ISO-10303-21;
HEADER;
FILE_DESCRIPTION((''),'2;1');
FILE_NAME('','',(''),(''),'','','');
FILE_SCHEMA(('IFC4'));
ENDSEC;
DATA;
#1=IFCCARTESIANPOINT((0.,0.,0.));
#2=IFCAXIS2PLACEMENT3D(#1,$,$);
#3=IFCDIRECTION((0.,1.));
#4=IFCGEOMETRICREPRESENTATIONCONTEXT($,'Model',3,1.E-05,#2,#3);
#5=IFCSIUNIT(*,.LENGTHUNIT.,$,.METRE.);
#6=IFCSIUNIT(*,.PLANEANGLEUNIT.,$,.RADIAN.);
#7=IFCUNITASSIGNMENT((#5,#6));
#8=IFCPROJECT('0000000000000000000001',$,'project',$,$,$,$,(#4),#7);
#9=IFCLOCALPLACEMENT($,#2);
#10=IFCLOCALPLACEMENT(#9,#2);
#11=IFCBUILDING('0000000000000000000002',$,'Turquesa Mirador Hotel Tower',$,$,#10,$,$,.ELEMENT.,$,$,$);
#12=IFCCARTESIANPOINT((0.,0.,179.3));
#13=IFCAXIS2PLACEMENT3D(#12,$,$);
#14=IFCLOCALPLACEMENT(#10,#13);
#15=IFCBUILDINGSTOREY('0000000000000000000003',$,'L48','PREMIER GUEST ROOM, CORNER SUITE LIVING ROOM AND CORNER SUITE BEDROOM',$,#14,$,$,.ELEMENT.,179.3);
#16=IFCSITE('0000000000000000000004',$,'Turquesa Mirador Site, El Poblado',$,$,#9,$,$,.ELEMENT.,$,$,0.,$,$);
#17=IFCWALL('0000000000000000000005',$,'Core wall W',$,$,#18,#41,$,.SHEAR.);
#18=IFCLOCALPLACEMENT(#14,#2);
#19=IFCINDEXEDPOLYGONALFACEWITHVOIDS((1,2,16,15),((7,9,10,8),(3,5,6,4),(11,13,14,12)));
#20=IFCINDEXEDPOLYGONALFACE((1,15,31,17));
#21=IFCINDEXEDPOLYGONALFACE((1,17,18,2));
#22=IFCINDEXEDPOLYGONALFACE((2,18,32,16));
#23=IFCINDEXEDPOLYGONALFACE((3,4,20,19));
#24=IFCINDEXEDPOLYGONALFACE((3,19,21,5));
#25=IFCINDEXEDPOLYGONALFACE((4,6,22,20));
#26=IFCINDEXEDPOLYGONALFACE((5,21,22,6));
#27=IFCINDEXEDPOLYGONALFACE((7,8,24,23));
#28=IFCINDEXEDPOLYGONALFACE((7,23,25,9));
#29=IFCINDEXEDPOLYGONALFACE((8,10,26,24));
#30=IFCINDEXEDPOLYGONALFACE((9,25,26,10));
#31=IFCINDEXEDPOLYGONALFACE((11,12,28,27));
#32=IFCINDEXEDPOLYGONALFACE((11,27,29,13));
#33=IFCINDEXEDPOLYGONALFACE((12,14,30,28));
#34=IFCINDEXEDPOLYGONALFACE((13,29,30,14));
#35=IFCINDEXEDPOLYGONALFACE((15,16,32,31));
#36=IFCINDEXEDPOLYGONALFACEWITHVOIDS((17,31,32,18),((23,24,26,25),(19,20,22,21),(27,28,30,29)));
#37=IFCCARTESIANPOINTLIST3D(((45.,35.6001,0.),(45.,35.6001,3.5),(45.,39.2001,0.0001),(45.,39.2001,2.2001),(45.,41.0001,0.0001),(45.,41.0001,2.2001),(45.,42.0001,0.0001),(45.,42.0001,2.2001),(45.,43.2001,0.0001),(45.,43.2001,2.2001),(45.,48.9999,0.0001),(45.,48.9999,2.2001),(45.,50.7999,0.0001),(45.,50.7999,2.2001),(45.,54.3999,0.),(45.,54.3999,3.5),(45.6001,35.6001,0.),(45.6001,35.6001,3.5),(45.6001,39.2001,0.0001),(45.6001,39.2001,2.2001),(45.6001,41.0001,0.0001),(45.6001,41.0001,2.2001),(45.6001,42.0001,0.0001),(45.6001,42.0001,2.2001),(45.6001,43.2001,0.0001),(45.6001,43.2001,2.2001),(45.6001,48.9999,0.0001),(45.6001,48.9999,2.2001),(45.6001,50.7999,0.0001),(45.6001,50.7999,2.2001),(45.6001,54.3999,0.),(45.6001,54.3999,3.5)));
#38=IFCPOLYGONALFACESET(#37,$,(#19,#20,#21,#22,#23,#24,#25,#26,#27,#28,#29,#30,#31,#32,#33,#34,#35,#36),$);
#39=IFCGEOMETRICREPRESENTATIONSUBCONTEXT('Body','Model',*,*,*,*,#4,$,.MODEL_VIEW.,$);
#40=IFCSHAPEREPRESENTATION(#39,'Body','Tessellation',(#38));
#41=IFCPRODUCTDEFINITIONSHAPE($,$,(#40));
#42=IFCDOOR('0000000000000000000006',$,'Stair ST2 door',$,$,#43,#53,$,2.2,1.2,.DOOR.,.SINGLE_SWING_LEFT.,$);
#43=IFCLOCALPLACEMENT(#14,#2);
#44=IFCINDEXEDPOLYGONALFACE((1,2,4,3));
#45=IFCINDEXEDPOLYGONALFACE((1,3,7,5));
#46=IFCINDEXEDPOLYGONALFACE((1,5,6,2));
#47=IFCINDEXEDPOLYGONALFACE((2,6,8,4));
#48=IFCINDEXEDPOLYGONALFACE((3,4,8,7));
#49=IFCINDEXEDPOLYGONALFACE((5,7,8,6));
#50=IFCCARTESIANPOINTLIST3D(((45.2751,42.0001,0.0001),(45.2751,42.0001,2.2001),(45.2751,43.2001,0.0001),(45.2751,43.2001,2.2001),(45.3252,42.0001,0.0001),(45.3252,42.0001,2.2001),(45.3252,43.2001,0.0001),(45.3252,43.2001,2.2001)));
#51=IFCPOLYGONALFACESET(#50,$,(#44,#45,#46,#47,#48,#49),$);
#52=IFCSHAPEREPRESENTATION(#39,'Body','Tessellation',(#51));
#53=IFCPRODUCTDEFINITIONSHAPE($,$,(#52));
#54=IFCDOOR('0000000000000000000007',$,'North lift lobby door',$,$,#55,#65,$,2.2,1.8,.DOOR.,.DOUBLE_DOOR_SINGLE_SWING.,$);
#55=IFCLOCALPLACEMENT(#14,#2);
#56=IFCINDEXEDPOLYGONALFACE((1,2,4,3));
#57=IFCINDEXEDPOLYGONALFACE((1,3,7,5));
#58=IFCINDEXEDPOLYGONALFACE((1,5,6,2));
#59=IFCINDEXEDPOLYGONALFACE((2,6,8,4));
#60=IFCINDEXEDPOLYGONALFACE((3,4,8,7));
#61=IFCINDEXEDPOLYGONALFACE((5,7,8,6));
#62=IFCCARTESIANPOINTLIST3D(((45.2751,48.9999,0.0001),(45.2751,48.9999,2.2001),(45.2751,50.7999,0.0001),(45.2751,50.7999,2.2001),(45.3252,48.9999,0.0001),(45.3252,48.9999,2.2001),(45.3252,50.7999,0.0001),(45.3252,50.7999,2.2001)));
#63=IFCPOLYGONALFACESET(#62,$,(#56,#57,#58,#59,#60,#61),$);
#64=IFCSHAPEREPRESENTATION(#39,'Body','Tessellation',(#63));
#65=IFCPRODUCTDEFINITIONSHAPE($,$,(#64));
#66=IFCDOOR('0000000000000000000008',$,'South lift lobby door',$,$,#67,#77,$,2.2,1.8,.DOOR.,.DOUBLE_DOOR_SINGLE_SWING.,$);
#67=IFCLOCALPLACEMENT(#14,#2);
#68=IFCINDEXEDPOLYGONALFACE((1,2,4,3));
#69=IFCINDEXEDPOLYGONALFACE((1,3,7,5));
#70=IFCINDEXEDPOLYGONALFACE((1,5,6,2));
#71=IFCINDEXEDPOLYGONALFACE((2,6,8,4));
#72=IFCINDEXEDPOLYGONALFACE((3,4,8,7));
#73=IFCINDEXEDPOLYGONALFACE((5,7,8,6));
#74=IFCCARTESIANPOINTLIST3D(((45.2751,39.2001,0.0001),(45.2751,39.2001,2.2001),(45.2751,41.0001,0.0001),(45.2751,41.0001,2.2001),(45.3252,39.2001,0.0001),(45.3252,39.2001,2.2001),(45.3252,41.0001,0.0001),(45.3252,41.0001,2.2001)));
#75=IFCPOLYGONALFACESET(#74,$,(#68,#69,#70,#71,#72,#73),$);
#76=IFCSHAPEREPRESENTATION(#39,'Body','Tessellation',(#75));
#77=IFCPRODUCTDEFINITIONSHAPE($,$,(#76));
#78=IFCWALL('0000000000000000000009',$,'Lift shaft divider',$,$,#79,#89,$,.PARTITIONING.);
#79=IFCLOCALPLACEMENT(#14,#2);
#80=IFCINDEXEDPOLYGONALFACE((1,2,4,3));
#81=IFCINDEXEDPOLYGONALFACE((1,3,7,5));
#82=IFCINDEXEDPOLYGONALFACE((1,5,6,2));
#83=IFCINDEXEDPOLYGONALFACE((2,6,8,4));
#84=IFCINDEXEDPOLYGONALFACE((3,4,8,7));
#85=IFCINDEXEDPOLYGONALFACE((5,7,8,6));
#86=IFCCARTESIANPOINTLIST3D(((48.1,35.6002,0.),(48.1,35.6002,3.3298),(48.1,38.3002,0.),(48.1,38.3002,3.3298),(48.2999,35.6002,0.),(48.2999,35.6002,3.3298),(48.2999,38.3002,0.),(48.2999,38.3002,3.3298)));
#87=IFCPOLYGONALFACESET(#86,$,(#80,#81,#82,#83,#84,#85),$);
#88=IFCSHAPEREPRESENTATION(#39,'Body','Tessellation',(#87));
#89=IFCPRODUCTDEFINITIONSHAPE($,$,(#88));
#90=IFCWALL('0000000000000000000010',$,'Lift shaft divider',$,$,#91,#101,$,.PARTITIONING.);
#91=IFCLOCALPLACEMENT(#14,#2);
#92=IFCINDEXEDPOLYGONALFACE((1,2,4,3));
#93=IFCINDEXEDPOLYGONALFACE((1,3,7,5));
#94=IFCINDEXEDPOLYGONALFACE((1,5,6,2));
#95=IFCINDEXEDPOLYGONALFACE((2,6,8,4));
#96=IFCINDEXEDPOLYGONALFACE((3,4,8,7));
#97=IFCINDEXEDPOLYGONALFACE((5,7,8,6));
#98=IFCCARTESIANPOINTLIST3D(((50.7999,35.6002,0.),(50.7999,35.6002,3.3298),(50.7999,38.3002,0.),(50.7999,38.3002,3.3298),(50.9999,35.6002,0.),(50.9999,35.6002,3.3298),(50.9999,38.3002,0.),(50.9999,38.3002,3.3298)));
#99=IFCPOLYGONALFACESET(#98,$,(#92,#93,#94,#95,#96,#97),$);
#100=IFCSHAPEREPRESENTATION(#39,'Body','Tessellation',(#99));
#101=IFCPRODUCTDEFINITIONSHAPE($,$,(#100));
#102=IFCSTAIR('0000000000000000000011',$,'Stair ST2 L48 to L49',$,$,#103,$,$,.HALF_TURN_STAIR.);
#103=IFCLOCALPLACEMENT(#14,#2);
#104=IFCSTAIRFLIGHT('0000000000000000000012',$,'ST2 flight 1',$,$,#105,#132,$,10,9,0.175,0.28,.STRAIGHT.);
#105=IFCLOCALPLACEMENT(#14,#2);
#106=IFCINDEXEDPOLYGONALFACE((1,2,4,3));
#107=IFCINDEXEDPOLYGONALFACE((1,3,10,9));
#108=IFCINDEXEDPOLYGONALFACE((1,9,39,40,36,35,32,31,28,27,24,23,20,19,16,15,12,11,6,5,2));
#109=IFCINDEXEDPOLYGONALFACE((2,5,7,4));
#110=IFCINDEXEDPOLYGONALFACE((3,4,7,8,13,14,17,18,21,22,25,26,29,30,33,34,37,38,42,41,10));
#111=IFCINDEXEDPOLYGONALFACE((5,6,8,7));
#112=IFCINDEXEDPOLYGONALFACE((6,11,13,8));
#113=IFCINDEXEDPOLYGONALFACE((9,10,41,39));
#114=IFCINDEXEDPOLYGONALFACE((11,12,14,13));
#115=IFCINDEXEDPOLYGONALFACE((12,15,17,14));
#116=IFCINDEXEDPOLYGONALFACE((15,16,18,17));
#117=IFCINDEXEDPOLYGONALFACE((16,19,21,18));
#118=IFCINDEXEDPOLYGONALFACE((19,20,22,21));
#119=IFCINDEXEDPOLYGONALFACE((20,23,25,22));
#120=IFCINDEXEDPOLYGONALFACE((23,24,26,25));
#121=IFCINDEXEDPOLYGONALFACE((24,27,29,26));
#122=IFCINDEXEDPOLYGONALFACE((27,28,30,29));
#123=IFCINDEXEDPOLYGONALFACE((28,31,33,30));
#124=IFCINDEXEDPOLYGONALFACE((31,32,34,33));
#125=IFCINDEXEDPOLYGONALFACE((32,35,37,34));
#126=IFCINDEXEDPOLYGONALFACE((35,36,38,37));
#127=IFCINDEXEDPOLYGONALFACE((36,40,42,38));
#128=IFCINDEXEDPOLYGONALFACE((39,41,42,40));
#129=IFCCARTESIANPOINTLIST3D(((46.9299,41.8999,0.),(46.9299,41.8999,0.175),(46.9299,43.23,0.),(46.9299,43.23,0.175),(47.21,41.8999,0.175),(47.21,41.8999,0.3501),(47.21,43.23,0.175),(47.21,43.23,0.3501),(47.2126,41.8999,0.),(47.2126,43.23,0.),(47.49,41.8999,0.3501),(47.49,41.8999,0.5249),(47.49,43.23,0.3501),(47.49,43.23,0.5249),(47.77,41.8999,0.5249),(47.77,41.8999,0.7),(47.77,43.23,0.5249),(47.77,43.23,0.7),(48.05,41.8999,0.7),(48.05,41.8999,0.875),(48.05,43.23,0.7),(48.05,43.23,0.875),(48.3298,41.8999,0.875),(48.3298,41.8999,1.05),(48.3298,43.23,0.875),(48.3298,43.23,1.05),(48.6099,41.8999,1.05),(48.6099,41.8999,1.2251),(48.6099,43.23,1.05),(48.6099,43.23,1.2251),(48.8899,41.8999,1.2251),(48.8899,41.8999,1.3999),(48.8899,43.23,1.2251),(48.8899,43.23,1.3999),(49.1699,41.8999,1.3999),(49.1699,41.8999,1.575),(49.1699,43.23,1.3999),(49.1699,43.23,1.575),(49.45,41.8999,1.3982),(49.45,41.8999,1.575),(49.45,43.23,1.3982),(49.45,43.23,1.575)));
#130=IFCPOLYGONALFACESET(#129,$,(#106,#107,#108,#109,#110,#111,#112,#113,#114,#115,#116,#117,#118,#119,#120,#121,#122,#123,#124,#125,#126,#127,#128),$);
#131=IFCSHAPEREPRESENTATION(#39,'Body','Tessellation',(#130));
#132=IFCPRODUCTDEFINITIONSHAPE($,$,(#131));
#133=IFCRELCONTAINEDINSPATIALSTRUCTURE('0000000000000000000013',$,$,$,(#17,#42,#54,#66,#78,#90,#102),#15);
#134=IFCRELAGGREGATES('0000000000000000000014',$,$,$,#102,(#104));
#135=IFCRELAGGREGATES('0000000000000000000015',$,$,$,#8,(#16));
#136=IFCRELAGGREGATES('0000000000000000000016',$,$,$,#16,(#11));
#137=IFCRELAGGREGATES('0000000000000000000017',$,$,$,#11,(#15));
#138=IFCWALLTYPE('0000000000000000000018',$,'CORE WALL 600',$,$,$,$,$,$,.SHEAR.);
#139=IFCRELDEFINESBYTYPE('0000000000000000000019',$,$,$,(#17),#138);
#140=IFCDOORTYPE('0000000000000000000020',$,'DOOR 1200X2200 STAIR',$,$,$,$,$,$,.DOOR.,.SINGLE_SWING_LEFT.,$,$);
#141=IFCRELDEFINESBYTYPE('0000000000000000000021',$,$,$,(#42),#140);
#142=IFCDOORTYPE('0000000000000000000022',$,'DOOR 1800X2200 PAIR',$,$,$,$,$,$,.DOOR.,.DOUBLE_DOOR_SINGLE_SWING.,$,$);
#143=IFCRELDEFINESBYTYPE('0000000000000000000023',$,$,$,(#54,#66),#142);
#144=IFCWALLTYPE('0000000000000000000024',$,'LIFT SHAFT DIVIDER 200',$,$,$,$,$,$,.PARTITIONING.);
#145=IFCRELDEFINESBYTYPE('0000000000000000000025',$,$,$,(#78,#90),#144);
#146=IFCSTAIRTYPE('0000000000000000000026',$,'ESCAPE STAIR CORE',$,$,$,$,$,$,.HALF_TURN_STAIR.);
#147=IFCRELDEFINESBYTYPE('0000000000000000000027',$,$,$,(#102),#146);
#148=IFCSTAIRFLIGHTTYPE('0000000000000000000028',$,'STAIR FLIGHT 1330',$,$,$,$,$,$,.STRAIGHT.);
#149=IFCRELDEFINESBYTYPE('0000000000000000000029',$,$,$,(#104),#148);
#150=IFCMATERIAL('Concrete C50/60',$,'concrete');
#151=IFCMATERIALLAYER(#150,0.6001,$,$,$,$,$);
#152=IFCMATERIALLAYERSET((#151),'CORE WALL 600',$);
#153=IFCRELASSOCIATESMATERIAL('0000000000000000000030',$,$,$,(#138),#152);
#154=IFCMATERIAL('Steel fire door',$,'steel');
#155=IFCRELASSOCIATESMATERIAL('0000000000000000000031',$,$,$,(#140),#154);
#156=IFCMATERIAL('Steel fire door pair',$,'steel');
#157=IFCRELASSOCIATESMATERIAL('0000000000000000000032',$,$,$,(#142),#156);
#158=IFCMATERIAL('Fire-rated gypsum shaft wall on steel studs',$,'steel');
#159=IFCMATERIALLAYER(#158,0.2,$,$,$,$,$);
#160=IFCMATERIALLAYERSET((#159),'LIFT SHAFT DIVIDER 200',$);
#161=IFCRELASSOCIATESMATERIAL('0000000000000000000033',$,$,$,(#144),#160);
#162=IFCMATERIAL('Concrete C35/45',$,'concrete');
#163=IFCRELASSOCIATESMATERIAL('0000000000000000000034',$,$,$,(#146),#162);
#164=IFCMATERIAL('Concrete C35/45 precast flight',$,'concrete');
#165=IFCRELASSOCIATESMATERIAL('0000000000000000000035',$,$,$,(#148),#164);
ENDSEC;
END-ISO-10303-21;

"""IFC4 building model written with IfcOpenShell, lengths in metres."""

from ifc_helpers import new_model, si_unit, direction, frame, frame_2d, origin, place, context, subcontext, project, spatial, polyline, rectangle, outline, extrude, material, layer, layer_set, type_object, element, fill, aggregate, save


model = new_model("IFC4")

# Units and contexts
model_context = context("Model", 3, precision=1e-05, world=origin(), true_north=direction((0.0, 1.0)))
body_context = subcontext(model_context, "Body", "Model", "MODEL_VIEW")
ifc_project = project(units=[si_unit("LENGTHUNIT", "METRE"), si_unit("PLANEANGLEUNIT", "RADIAN")], contexts=[model_context])

# Site, building, storey
site_placement = place(None, origin())
site = spatial("IfcSite", under=ifc_project, at=site_placement, Name="Turquesa Mirador Site, El Poblado", CompositionType="ELEMENT", RefElevation=0.0)
building_placement = place(site_placement, origin())
building = spatial("IfcBuilding", under=site, at=building_placement, Name="Turquesa Mirador Hotel Tower", CompositionType="ELEMENT")
storey_placement = place(building_placement, frame((0.0, 0.0, 179.3)))
storey = spatial("IfcBuildingStorey", under=building, at=storey_placement, Name="L48", Description="PREMIER GUEST ROOM, CORNER SUITE LIVING ROOM AND CORNER SUITE BEDROOM", CompositionType="ELEMENT", Elevation=179.3)

# Shared definitions
ifc_material_1 = material(Name="Concrete C50/60", Category="concrete")
ifc_layer_1 = layer(ifc_material_1, 0.6001)
ifc_layer_set_1 = layer_set([ifc_layer_1], Name="CORE WALL 600")
wall_type_1 = type_object("IfcWallType", Name="CORE WALL 600", PredefinedType="SHEAR", material=ifc_layer_set_1)

# Wall, openings, doors
wall_1_placement = place(storey_placement, frame((45.3, 35.6001, 0.0), z_axis=(0.0, 0.0, 1.0), x_axis=(0.0, 1.0, 0.0)))
wall_1 = element("IfcWall", 1, at=wall_1_placement, inside=storey, type_object=wall_type_1, Name="Core wall W", PredefinedType="SHEAR", context=body_context, shape_type="SweptSolid", body=[
    extrude(rectangle(XDim=18.7998, YDim=0.6001, at=frame_2d((9.3999, 0.0))), origin(), (0.0, 0.0, 1.0), 3.5),
])
opening_1_placement = place(wall_1_placement, frame((13.3999, 0.0, 0.0)))
opening_1 = element("IfcOpeningElement", 2, at=opening_1_placement, cuts=wall_1, PredefinedType="OPENING", context=body_context, shape_type="SweptSolid", body=[
    extrude(rectangle(XDim=1.8, YDim=2.2, at=frame_2d((0.8999, 1.1001))), frame((0.0, 0.3101, 0.0), z_axis=(0.0, -1.0, 0.0), x_axis=(1.0, 0.0, 0.0)), (0.0, 0.0, 1.0), 0.6201),
])
opening_2_placement = place(wall_1_placement, frame((3.6001, 0.0, 0.0)))
opening_2 = element("IfcOpeningElement", 3, at=opening_2_placement, cuts=wall_1, PredefinedType="OPENING", context=body_context, shape_type="SweptSolid", body=[
    extrude(rectangle(XDim=1.8, YDim=2.2, at=frame_2d((0.8999, 1.1001))), frame((0.0, 0.3101, 0.0), z_axis=(0.0, -1.0, 0.0), x_axis=(1.0, 0.0, 0.0)), (0.0, 0.0, 1.0), 0.6201),
])
opening_3_placement = place(wall_1_placement, frame((6.3999, 0.0, 0.0)))
opening_3 = element("IfcOpeningElement", 4, at=opening_3_placement, cuts=wall_1, PredefinedType="OPENING", context=body_context, shape_type="SweptSolid", body=[
    extrude(rectangle(XDim=1.2, YDim=2.2, at=frame_2d((0.6001, 1.1001))), frame((0.0, 0.3101, 0.0), z_axis=(0.0, -1.0, 0.0), x_axis=(1.0, 0.0, 0.0)), (0.0, 0.0, 1.0), 0.6201),
])
ifc_material_2 = material(Name="Steel fire door", Category="steel")
door_type_1 = type_object("IfcDoorType", Name="DOOR 1200X2200 STAIR", OperationType="SINGLE_SWING_LEFT", PredefinedType="DOOR", material=ifc_material_2)
door_1_placement = place(opening_3_placement, origin())
door_1 = element("IfcDoor", 5, at=door_1_placement, inside=storey, type_object=door_type_1, Name="Stair ST2 door", OperationType="SINGLE_SWING_LEFT", OverallHeight=2.2, OverallWidth=1.2, PredefinedType="DOOR", context=body_context, shape_type="SweptSolid", body=[
    extrude(rectangle(XDim=1.2, YDim=2.2, at=frame_2d((0.6001, 1.1001))), frame((0.0, 0.0249, 0.0), z_axis=(0.0, -1.0, 0.0), x_axis=(1.0, 0.0, 0.0)), (0.0, 0.0, 1.0), 0.05),
])
fill(opening_3, door_1)
ifc_material_3 = material(Name="Steel fire door pair", Category="steel")
door_type_2 = type_object("IfcDoorType", Name="DOOR 1800X2200 PAIR", OperationType="DOUBLE_DOOR_SINGLE_SWING", PredefinedType="DOOR", material=ifc_material_3)
door_2_placement = place(opening_1_placement, origin())
door_2 = element("IfcDoor", 6, at=door_2_placement, inside=storey, type_object=door_type_2, Name="North lift lobby door", OperationType="DOUBLE_DOOR_SINGLE_SWING", OverallHeight=2.2, OverallWidth=1.8, PredefinedType="DOOR", context=body_context, shape_type="SweptSolid", body=[
    extrude(rectangle(XDim=1.8, YDim=2.2, at=frame_2d((0.8999, 1.1001))), frame((0.0, 0.0249, 0.0), z_axis=(0.0, -1.0, 0.0), x_axis=(1.0, 0.0, 0.0)), (0.0, 0.0, 1.0), 0.05),
])
fill(opening_1, door_2)
door_3_placement = place(opening_2_placement, origin())
door_3 = element("IfcDoor", 7, at=door_3_placement, inside=storey, type_object=door_type_2, Name="South lift lobby door", OperationType="DOUBLE_DOOR_SINGLE_SWING", OverallHeight=2.2, OverallWidth=1.8, PredefinedType="DOOR", context=body_context, shape_type="SweptSolid", body=[
    extrude(rectangle(XDim=1.8, YDim=2.2, at=frame_2d((0.8999, 1.1001))), frame((0.0, 0.0249, 0.0), z_axis=(0.0, -1.0, 0.0), x_axis=(1.0, 0.0, 0.0)), (0.0, 0.0, 1.0), 0.05),
])
fill(opening_2, door_3)

# Walls
ifc_material_4 = material(Name="Fire-rated gypsum shaft wall on steel studs", Category="steel")
ifc_layer_2 = layer(ifc_material_4, 0.2)
ifc_layer_set_2 = layer_set([ifc_layer_2], Name="LIFT SHAFT DIVIDER 200")
wall_type_2 = type_object("IfcWallType", Name="LIFT SHAFT DIVIDER 200", PredefinedType="PARTITIONING", material=ifc_layer_set_2)
for number, where, z_axis, x_axis, name in (
    (8, (48.2, 35.6001, 0.0), (0.0, 0.0, 1.0), (0.0, 1.0, 0.0), "Lift shaft divider"),
    (9, (50.8999, 35.6001, 0.0), (0.0, 0.0, 1.0), (0.0, 1.0, 0.0), "Lift shaft divider"),
):
    element("IfcWall", number, at=place(storey_placement, frame(where, z_axis=z_axis, x_axis=x_axis)), inside=storey, type_object=wall_type_2, Name=name, PredefinedType="PARTITIONING", context=body_context, shape_type="SweptSolid", body=[
        extrude(rectangle(XDim=2.7, YDim=0.2, at=frame_2d((1.3501, 0.0))), origin(), (0.0, 0.0, 1.0), 3.3298),
    ])

# Stair, stair flight
ifc_material_5 = material(Name="Concrete C35/45", Category="concrete")
stair_type = type_object("IfcStairType", Name="ESCAPE STAIR CORE", PredefinedType="HALF_TURN_STAIR", material=ifc_material_5)
stair_placement = place(storey_placement, origin())
stair = element("IfcStair", 10, at=stair_placement, inside=storey, type_object=stair_type, Name="Stair ST2 L48 to L49", PredefinedType="HALF_TURN_STAIR")
ifc_material_6 = material(Name="Concrete C35/45 precast flight", Category="concrete")
stair_flight_type = type_object("IfcStairFlightType", Name="STAIR FLIGHT 1330", PredefinedType="STRAIGHT", material=ifc_material_6)
stair_flight_placement = place(storey_placement, frame((46.9299, 42.5649, 0.0), z_axis=(0.0, 0.0, 1.0), x_axis=(1.0, 0.0, 0.0)))
stair_flight = element("IfcStairFlight", 11, at=stair_flight_placement, type_object=stair_flight_type, Name="ST2 flight 1", NumberOfRisers=10, NumberOfTreads=9, PredefinedType="STRAIGHT", RiserHeight=0.175, TreadLength=0.28, context=body_context, shape_type="SweptSolid", body=[
    extrude(outline(polyline([(0.0, 0.0), (0.0, 0.175), (0.28, 0.175), (0.28, 0.3501), (0.5601, 0.3501), (0.5601, 0.5249), (0.8401, 0.5249), (0.8401, 0.7), (1.1201, 0.7), (1.1201, 0.875), (1.3999, 0.875), (1.3999, 1.05), (1.6799, 1.05), (1.6799, 1.2251), (1.96, 1.2251), (1.96, 1.3999), (2.24, 1.3999), (2.24, 1.575), (2.52, 1.575), (2.52, 1.75), (2.52, 1.3982), (0.2827, 0.0), (0.0, 0.0)])), frame((0.0, 0.665, 0.0), z_axis=(0.0, -1.0, 0.0), x_axis=(1.0, 0.0, 0.0)), (0.0, 0.0, 1.0), 1.3301),
])
aggregate(stair, [stair_flight])

save(model, "model.ifc")
